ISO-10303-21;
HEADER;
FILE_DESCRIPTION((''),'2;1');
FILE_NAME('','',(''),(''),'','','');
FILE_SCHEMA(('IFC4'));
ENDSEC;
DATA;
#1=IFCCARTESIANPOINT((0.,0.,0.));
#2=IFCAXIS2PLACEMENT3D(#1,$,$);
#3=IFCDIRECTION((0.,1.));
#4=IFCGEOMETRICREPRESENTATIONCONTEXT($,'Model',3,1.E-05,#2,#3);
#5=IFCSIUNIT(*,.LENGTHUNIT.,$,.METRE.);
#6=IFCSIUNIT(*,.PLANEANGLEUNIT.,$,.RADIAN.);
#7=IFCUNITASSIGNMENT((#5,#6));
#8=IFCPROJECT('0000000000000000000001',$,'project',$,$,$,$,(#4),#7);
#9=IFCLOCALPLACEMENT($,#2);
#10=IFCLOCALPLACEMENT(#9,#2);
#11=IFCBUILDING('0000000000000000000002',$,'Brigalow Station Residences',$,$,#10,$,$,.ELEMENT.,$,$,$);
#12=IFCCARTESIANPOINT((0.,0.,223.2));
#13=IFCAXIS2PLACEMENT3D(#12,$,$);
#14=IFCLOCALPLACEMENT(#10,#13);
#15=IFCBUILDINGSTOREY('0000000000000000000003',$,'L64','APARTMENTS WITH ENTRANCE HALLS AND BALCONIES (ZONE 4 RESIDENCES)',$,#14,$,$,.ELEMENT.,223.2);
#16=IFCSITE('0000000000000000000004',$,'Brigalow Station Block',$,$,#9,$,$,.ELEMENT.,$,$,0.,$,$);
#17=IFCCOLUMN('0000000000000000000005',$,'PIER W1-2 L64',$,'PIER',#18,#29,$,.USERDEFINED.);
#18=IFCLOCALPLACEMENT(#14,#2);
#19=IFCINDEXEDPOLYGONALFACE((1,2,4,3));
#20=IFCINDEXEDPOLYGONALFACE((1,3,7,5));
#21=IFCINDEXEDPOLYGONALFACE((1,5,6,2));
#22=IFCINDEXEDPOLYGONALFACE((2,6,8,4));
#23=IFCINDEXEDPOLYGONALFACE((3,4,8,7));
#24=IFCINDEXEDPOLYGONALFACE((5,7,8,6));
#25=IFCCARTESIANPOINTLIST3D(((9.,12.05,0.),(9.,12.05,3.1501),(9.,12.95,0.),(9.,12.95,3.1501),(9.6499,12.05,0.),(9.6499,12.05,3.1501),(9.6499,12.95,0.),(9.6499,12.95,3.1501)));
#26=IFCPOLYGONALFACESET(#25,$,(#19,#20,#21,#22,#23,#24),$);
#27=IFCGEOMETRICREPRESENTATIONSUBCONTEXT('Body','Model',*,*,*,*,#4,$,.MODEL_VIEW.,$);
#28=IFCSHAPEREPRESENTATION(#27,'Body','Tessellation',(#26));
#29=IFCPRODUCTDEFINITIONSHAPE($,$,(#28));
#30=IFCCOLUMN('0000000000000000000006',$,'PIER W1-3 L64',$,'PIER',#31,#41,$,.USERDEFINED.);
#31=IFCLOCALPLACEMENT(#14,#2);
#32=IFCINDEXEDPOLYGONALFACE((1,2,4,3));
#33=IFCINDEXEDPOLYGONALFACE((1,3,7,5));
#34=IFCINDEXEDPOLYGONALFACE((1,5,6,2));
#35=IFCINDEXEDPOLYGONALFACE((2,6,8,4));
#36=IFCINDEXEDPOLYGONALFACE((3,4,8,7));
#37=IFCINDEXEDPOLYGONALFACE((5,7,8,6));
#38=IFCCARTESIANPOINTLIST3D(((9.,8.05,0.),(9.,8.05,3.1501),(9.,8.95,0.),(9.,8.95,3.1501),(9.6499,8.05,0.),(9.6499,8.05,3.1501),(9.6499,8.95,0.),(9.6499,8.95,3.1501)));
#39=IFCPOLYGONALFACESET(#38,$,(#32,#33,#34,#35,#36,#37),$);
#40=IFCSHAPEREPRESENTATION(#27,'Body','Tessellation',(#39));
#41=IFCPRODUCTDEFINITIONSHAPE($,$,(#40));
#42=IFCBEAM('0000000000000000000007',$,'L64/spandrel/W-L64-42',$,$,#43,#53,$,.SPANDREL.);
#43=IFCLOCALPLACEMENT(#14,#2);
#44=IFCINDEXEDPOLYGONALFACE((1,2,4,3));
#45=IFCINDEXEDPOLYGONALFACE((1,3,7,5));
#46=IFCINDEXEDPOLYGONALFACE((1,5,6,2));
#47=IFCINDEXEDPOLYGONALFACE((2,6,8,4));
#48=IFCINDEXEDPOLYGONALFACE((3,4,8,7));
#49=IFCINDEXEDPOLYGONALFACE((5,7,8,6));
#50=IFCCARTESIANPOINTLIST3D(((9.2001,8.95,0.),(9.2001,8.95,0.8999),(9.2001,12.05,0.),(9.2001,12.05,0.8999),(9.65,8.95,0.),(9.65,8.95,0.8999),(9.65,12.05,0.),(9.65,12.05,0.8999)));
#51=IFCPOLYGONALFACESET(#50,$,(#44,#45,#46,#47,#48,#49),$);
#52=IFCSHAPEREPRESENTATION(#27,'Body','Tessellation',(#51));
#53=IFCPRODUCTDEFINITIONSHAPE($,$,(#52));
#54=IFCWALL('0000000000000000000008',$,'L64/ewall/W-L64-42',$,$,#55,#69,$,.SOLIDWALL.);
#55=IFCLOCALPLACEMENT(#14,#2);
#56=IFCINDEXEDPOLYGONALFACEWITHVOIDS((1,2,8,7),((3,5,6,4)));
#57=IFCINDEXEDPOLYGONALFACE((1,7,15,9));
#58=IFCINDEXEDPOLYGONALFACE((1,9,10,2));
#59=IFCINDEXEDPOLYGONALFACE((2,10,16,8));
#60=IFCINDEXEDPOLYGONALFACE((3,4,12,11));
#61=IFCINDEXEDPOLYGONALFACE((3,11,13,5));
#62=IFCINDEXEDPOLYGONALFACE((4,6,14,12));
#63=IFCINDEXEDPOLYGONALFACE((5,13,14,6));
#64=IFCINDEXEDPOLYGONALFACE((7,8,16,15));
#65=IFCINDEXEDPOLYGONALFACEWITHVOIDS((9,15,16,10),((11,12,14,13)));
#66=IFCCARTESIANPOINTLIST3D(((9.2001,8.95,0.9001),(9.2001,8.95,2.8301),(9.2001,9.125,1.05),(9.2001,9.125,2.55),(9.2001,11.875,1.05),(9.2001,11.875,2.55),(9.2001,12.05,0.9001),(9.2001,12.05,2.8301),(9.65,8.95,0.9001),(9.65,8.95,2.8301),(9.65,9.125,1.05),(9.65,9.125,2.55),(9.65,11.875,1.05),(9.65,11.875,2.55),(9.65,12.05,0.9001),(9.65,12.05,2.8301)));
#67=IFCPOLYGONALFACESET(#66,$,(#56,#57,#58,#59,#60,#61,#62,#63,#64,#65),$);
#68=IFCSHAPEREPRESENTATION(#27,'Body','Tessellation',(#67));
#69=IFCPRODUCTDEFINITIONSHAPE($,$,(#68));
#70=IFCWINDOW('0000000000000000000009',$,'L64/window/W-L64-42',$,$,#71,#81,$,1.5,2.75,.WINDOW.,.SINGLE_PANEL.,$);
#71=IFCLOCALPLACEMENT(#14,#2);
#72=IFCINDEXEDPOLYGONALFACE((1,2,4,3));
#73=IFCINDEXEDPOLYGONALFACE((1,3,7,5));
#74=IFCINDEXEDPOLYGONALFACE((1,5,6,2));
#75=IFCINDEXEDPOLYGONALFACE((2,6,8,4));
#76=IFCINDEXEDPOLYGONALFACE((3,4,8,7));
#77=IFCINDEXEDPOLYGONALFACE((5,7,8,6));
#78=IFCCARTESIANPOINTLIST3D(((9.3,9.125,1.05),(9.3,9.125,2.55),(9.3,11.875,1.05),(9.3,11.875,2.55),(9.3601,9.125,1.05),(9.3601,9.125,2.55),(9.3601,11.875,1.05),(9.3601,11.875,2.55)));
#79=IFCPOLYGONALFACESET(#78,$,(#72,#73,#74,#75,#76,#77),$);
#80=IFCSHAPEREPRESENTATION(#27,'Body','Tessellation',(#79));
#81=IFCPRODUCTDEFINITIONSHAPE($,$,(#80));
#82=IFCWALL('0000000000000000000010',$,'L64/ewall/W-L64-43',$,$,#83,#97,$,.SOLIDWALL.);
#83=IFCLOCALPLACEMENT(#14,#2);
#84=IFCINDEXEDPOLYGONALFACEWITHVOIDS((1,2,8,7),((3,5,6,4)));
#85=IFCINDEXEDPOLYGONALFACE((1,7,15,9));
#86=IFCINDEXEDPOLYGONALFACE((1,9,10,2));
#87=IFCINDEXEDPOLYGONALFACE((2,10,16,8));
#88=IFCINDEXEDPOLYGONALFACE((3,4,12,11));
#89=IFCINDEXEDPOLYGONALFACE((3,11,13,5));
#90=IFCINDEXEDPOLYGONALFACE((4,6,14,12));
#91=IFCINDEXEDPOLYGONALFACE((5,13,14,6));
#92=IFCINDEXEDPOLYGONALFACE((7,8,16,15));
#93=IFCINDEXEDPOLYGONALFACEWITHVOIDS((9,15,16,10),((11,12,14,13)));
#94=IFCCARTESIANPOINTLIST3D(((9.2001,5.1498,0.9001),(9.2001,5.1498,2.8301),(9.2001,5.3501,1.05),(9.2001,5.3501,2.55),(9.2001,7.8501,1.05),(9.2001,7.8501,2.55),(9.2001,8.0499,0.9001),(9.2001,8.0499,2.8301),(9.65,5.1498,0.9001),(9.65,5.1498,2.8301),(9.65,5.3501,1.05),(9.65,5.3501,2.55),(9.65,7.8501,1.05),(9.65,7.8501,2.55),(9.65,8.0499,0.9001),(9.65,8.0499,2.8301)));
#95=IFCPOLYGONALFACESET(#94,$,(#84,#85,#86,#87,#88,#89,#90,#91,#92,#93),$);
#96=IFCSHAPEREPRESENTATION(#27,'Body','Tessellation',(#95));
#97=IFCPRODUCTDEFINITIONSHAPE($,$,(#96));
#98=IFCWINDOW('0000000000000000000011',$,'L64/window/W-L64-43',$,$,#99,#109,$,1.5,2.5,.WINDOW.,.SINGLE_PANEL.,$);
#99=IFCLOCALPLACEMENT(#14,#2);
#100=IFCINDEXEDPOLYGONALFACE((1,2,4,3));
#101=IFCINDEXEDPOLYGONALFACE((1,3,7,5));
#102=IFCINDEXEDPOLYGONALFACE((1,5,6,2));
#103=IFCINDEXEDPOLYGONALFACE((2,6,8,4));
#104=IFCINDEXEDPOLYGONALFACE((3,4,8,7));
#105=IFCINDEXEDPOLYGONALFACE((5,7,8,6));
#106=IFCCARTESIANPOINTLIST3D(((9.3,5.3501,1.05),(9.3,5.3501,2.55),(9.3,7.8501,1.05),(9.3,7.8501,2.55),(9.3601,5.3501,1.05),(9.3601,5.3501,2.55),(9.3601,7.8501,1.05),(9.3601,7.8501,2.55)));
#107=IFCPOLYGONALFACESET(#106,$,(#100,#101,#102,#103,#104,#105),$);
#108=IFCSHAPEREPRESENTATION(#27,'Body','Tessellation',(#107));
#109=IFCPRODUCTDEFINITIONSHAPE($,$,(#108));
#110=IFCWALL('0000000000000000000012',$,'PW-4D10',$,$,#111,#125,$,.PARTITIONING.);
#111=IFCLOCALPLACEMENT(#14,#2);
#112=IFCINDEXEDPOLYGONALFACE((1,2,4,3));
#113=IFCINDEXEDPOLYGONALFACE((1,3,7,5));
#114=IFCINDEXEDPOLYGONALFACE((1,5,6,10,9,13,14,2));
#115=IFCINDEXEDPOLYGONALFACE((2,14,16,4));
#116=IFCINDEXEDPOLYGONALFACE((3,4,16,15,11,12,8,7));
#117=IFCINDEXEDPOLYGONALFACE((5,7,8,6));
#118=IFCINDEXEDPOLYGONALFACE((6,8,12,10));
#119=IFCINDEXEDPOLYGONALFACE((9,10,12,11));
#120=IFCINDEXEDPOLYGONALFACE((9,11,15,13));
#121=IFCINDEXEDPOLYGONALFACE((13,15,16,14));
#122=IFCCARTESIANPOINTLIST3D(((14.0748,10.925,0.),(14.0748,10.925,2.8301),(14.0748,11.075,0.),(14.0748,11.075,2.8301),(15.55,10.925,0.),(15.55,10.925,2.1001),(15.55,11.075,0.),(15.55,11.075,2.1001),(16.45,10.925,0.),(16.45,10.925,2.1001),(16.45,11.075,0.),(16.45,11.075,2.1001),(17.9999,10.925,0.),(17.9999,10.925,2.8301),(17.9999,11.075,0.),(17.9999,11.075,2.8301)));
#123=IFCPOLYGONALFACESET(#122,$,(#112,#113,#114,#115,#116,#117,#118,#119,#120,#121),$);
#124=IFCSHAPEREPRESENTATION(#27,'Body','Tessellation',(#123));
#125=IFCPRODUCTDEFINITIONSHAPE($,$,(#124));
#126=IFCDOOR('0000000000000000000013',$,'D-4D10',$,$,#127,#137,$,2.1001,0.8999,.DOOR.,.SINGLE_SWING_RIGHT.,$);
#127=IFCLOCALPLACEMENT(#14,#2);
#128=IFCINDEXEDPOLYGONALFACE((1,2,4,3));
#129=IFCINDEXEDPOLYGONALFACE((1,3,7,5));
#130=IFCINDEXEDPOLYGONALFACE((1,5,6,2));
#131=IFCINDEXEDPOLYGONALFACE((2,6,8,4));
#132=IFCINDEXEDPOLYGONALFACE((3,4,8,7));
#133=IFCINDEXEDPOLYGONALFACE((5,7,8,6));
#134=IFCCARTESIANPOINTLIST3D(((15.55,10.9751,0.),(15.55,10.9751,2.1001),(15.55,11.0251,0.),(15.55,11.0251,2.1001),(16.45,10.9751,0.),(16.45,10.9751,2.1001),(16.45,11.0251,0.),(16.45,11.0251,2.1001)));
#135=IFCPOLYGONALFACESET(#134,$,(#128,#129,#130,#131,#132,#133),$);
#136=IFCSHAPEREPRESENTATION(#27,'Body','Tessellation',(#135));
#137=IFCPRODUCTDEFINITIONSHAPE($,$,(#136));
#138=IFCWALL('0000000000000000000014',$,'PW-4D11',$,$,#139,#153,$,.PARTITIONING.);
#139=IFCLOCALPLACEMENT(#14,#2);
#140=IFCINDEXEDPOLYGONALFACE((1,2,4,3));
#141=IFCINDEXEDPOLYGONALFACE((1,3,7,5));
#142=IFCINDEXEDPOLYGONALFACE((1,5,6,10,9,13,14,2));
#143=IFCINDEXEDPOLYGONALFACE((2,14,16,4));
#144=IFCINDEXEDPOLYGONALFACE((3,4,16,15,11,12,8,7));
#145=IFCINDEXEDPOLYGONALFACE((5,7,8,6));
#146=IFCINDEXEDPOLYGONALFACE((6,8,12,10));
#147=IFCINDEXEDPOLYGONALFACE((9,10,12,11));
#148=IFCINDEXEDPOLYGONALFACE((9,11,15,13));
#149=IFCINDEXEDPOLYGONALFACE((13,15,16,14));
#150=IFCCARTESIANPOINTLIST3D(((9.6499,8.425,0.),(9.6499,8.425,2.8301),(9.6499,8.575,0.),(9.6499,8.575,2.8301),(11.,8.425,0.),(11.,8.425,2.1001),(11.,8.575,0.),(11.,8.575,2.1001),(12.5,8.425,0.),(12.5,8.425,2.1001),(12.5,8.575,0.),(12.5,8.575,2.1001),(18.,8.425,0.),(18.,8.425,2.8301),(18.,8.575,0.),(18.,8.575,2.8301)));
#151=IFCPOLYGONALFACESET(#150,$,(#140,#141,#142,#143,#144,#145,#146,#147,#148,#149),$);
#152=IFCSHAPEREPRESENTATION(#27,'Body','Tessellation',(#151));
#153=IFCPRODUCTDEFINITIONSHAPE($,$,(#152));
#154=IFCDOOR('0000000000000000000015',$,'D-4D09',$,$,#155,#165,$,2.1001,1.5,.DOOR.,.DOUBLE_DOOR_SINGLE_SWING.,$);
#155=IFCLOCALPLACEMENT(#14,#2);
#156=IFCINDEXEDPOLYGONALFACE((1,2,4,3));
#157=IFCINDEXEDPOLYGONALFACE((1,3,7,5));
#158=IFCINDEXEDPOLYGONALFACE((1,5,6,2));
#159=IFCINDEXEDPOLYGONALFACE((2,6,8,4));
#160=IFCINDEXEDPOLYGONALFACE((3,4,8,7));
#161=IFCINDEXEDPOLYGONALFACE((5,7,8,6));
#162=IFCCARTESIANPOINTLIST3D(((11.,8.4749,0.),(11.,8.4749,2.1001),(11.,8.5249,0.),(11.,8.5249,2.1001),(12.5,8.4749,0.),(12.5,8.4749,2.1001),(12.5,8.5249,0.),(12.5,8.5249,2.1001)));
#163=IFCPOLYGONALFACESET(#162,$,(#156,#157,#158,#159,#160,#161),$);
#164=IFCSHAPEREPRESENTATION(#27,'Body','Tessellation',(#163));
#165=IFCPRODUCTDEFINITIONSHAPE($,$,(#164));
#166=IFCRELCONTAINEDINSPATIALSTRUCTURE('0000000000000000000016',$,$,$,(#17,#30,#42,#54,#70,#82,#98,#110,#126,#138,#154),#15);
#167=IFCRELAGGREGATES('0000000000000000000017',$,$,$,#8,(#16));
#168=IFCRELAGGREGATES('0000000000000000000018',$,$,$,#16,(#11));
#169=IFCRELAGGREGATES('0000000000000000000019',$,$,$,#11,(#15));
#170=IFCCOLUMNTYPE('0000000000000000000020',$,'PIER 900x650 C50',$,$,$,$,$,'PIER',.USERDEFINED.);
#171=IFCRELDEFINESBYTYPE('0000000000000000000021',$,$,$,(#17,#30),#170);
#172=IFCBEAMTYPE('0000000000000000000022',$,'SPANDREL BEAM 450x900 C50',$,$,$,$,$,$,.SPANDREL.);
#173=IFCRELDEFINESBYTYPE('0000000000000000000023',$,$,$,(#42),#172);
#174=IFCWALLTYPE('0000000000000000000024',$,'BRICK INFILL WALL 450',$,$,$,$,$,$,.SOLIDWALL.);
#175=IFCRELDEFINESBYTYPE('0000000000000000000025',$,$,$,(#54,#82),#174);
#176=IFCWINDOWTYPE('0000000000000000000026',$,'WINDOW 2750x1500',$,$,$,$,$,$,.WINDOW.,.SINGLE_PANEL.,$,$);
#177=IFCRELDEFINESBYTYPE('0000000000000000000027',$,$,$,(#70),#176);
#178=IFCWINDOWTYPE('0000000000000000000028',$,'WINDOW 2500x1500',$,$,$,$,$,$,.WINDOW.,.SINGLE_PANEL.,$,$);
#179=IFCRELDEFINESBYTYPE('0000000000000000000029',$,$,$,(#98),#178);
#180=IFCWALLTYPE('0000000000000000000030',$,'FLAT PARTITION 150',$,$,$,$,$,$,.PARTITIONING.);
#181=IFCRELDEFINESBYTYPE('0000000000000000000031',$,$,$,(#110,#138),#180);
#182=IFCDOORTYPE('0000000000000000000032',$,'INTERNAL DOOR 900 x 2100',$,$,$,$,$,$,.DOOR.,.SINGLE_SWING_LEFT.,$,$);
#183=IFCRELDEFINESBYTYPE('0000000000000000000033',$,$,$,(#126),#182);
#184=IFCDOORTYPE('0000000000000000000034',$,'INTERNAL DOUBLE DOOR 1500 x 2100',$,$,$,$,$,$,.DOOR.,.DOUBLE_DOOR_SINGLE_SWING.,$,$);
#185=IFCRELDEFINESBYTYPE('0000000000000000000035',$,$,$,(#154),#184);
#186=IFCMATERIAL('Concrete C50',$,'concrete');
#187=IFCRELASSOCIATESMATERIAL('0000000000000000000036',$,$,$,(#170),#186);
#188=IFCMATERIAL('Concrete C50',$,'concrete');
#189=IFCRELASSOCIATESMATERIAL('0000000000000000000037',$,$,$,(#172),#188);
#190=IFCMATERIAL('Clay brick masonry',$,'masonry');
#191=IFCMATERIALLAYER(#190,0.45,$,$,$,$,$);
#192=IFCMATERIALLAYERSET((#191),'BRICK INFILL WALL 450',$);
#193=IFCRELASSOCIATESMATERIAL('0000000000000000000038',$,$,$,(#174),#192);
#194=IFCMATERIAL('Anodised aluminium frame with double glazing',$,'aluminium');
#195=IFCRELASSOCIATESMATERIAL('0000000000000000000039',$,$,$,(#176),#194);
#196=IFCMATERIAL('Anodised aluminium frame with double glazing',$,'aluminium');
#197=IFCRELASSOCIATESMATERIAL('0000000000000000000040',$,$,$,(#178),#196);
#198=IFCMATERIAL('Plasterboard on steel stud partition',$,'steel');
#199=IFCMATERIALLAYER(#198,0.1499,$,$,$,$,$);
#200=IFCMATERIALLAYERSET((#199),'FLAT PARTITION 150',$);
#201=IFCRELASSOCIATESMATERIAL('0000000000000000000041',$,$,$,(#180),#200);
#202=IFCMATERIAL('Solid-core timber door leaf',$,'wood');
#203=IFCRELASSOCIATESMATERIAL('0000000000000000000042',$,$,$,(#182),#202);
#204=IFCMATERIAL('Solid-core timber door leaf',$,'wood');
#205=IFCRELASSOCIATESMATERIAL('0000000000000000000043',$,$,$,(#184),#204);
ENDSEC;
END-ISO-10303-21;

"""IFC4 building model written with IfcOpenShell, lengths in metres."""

from ifc_helpers import new_model, si_unit, direction, frame, frame_2d, origin, origin_2d, place, context, subcontext, project, spatial, rectangle, extrude, material, layer, layer_set, material_profile, profile_set, type_object, element, fill, save


model = new_model("IFC4")

# Units and contexts
model_context = context("Model", 3, precision=1e-05, world=origin(), true_north=direction((0.0, 1.0)))
body_context = subcontext(model_context, "Body", "Model", "MODEL_VIEW")
ifc_project = project(units=[si_unit("LENGTHUNIT", "METRE"), si_unit("PLANEANGLEUNIT", "RADIAN")], contexts=[model_context])

# Site, building, storey
site_placement = place(None, origin())
site = spatial("IfcSite", under=ifc_project, at=site_placement, Name="Brigalow Station Block", CompositionType="ELEMENT", RefElevation=0.0)
building_placement = place(site_placement, origin())
building = spatial("IfcBuilding", under=site, at=building_placement, Name="Brigalow Station Residences", CompositionType="ELEMENT")
storey_placement = place(building_placement, frame((0.0, 0.0, 223.2)))
storey = spatial("IfcBuildingStorey", under=building, at=storey_placement, Name="L64", Description="APARTMENTS WITH ENTRANCE HALLS AND BALCONIES (ZONE 4 RESIDENCES)", CompositionType="ELEMENT", Elevation=223.2)

# Columns
ifc_material_1 = material(Name="Concrete C50", Category="concrete")
ifc_material_profile_1 = material_profile(ifc_material_1, rectangle(XDim=0.8999, YDim=0.6499, at=origin_2d()), Name="RC900x650")
ifc_profile_set_1 = profile_set([ifc_material_profile_1], Name="Concrete C50")
column_type = type_object("IfcColumnType", Name="PIER 900x650 C50", ElementType="PIER", PredefinedType="USERDEFINED", material=ifc_profile_set_1)
for number, where, z_axis, x_axis, name in (
    (1, (9.325, 12.5, 0.0), (0.0, 0.0, 1.0), (0.0, -1.0, 0.0), "PIER W1-2 L64"),
    (2, (9.325, 8.5, 0.0), (0.0, 0.0, 1.0), (0.0, -1.0, 0.0), "PIER W1-3 L64"),
):
    element("IfcColumn", number, at=place(storey_placement, frame(where, z_axis=z_axis, x_axis=x_axis)), inside=storey, type_object=column_type, Name=name, ObjectType="PIER", PredefinedType="USERDEFINED", context=body_context, shape_type="SweptSolid", body=[
        extrude(rectangle(XDim=0.8999, YDim=0.6499, at=origin_2d()), origin(), (0.0, 0.0, 1.0), 3.1501),
    ])

# Beam
ifc_material_2 = material(Name="Concrete C50", Category="concrete")
ifc_material_profile_2 = material_profile(ifc_material_2, rectangle(XDim=0.45, YDim=0.8999, at=origin_2d()), Name="RC450x900")
ifc_profile_set_2 = profile_set([ifc_material_profile_2], Name="Concrete C50")
beam_type = type_object("IfcBeamType", Name="SPANDREL BEAM 450x900 C50", PredefinedType="SPANDREL", material=ifc_profile_set_2)
beam_placement = place(storey_placement, frame((9.425, 12.05, 0.45), z_axis=(0.0, -1.0, 0.0), x_axis=(1.0, 0.0, 0.0)))
element("IfcBeam", 3, at=beam_placement, inside=storey, type_object=beam_type, Name="L64/spandrel/W-L64-42", PredefinedType="SPANDREL", context=body_context, shape_type="SweptSolid", body=[
    extrude(rectangle(XDim=0.45, YDim=0.8999, at=origin_2d()), origin(), (0.0, 0.0, 1.0), 3.1001),
])

# Walls, openings, windows
ifc_material_3 = material(Name="Clay brick masonry", Category="masonry")
ifc_layer_1 = layer(ifc_material_3, 0.45)
ifc_layer_set_1 = layer_set([ifc_layer_1], Name="BRICK INFILL WALL 450")
wall_type_1 = type_object("IfcWallType", Name="BRICK INFILL WALL 450", PredefinedType="SOLIDWALL", material=ifc_layer_set_1)
wall_1_placement = place(storey_placement, frame((9.425, 12.05, 0.9001), z_axis=(0.0, 0.0, 1.0), x_axis=(0.0, -1.0, 0.0)))
wall_1 = element("IfcWall", 4, at=wall_1_placement, inside=storey, type_object=wall_type_1, Name="L64/ewall/W-L64-42", PredefinedType="SOLIDWALL", context=body_context, shape_type="SweptSolid", body=[
    extrude(rectangle(XDim=3.1001, YDim=0.45, at=frame_2d((1.55, 0.0))), origin(), (0.0, 0.0, 1.0), 1.9299),
])
opening_1_placement = place(wall_1_placement, frame((0.175, 0.0, 0.1499)))
opening_1 = element("IfcOpeningElement", 5, at=opening_1_placement, cuts=wall_1, PredefinedType="OPENING", context=body_context, shape_type="SweptSolid", body=[
    extrude(rectangle(XDim=2.75, YDim=1.5, at=frame_2d((1.375, 0.75))), frame((0.0, 0.2349, 0.0), z_axis=(0.0, -1.0, 0.0), x_axis=(1.0, 0.0, 0.0)), (0.0, 0.0, 1.0), 0.47),
])
ifc_material_4 = material(Name="Anodised aluminium frame with double glazing", Category="aluminium")
window_type_1 = type_object("IfcWindowType", Name="WINDOW 2750x1500", PartitioningType="SINGLE_PANEL", PredefinedType="WINDOW", material=ifc_material_4)
window_1_placement = place(opening_1_placement, origin())
window_1 = element("IfcWindow", 6, at=window_1_placement, inside=storey, type_object=window_type_1, Name="L64/window/W-L64-42", OverallHeight=1.5, OverallWidth=2.75, PartitioningType="SINGLE_PANEL", PredefinedType="WINDOW", context=body_context, shape_type="SweptSolid", body=[
    extrude(rectangle(XDim=2.75, YDim=1.5, at=frame_2d((1.375, 0.75))), frame((0.0, -0.0649, 0.0), z_axis=(0.0, -1.0, 0.0), x_axis=(1.0, 0.0, 0.0)), (0.0, 0.0, 1.0), 0.0601),
])
fill(opening_1, window_1)
wall_2_placement = place(storey_placement, frame((9.425, 8.05, 0.9001), z_axis=(0.0, 0.0, 1.0), x_axis=(0.0, -1.0, 0.0)))
wall_2 = element("IfcWall", 7, at=wall_2_placement, inside=storey, type_object=wall_type_1, Name="L64/ewall/W-L64-43", PredefinedType="SOLIDWALL", context=body_context, shape_type="SweptSolid", body=[
    extrude(rectangle(XDim=2.9001, YDim=0.45, at=frame_2d((1.4502, 0.0))), origin(), (0.0, 0.0, 1.0), 1.9299),
])
opening_2_placement = place(wall_2_placement, frame((0.2, 0.0, 0.1499)))
opening_2 = element("IfcOpeningElement", 8, at=opening_2_placement, cuts=wall_2, PredefinedType="OPENING", context=body_context, shape_type="SweptSolid", body=[
    extrude(rectangle(XDim=2.5, YDim=1.5, at=frame_2d((1.25, 0.75))), frame((0.0, 0.2349, 0.0), z_axis=(0.0, -1.0, 0.0), x_axis=(1.0, 0.0, 0.0)), (0.0, 0.0, 1.0), 0.47),
])
ifc_material_5 = material(Name="Anodised aluminium frame with double glazing", Category="aluminium")
window_type_2 = type_object("IfcWindowType", Name="WINDOW 2500x1500", PartitioningType="SINGLE_PANEL", PredefinedType="WINDOW", material=ifc_material_5)
window_2_placement = place(opening_2_placement, origin())
window_2 = element("IfcWindow", 9, at=window_2_placement, inside=storey, type_object=window_type_2, Name="L64/window/W-L64-43", OverallHeight=1.5, OverallWidth=2.5, PartitioningType="SINGLE_PANEL", PredefinedType="WINDOW", context=body_context, shape_type="SweptSolid", body=[
    extrude(rectangle(XDim=2.5, YDim=1.5, at=frame_2d((1.25, 0.75))), frame((0.0, -0.0649, 0.0), z_axis=(0.0, -1.0, 0.0), x_axis=(1.0, 0.0, 0.0)), (0.0, 0.0, 1.0), 0.0601),
])
fill(opening_2, window_2)

# Walls, openings, doors
ifc_material_6 = material(Name="Plasterboard on steel stud partition", Category="steel")
ifc_layer_2 = layer(ifc_material_6, 0.1499)
ifc_layer_set_2 = layer_set([ifc_layer_2], Name="FLAT PARTITION 150")
wall_type_2 = type_object("IfcWallType", Name="FLAT PARTITION 150", PredefinedType="PARTITIONING", material=ifc_layer_set_2)
wall_3_placement = place(storey_placement, frame((14.075, 11.0, 0.0), z_axis=(0.0, 0.0, 1.0), x_axis=(1.0, 0.0, 0.0)))
wall_3 = element("IfcWall", 10, at=wall_3_placement, inside=storey, type_object=wall_type_2, Name="PW-4D10", PredefinedType="PARTITIONING", context=body_context, shape_type="SweptSolid", body=[
    extrude(rectangle(XDim=3.925, YDim=0.1499, at=frame_2d((1.9624, 0.0))), origin(), (0.0, 0.0, 1.0), 2.8301),
])
opening_3_placement = place(wall_3_placement, frame((1.4751, 0.0, 0.0)))
opening_3 = element("IfcOpeningElement", 11, at=opening_3_placement, cuts=wall_3, PredefinedType="OPENING", context=body_context, shape_type="SweptSolid", body=[
    extrude(rectangle(XDim=0.8999, YDim=2.1001, at=frame_2d((0.45, 1.05))), frame((0.0, 0.085, 0.0), z_axis=(0.0, -1.0, 0.0), x_axis=(1.0, 0.0, 0.0)), (0.0, 0.0, 1.0), 0.1699),
])
ifc_material_7 = material(Name="Solid-core timber door leaf", Category="wood")
door_type_1 = type_object("IfcDoorType", Name="INTERNAL DOOR 900 x 2100", OperationType="SINGLE_SWING_LEFT", PredefinedType="DOOR", material=ifc_material_7)
door_1_placement = place(opening_3_placement, frame((0.8999, 0.0, 0.0), z_axis=(0.0, 0.0, 1.0), x_axis=(-1.0, 0.0, 0.0)))
door_1 = element("IfcDoor", 12, at=door_1_placement, inside=storey, type_object=door_type_1, Name="D-4D10", OperationType="SINGLE_SWING_RIGHT", OverallHeight=2.1001, OverallWidth=0.8999, PredefinedType="DOOR", context=body_context, shape_type="SweptSolid", body=[
    extrude(rectangle(XDim=0.8999, YDim=2.1001, at=frame_2d((0.45, 1.05))), frame((0.0, 0.0249, 0.0), z_axis=(0.0, -1.0, 0.0), x_axis=(1.0, 0.0, 0.0)), (0.0, 0.0, 1.0), 0.05),
])
fill(opening_3, door_1)
wall_4_placement = place(storey_placement, frame((9.6499, 8.5, 0.0), z_axis=(0.0, 0.0, 1.0), x_axis=(1.0, 0.0, 0.0)))
wall_4 = element("IfcWall", 13, at=wall_4_placement, inside=storey, type_object=wall_type_2, Name="PW-4D11", PredefinedType="PARTITIONING", context=body_context, shape_type="SweptSolid", body=[
    extrude(rectangle(XDim=8.3501, YDim=0.1499, at=frame_2d((4.175, 0.0))), origin(), (0.0, 0.0, 1.0), 2.8301),
])
opening_4_placement = place(wall_4_placement, frame((1.3501, 0.0, 0.0)))
opening_4 = element("IfcOpeningElement", 14, at=opening_4_placement, cuts=wall_4, PredefinedType="OPENING", context=body_context, shape_type="SweptSolid", body=[
    extrude(rectangle(XDim=1.5, YDim=2.1001, at=frame_2d((0.75, 1.05))), frame((0.0, 0.085, 0.0), z_axis=(0.0, -1.0, 0.0), x_axis=(1.0, 0.0, 0.0)), (0.0, 0.0, 1.0), 0.1699),
])
ifc_material_8 = material(Name="Solid-core timber door leaf", Category="wood")
door_type_2 = type_object("IfcDoorType", Name="INTERNAL DOUBLE DOOR 1500 x 2100", OperationType="DOUBLE_DOOR_SINGLE_SWING", PredefinedType="DOOR", material=ifc_material_8)
door_2_placement = place(opening_4_placement, origin())
door_2 = element("IfcDoor", 15, at=door_2_placement, inside=storey, type_object=door_type_2, Name="D-4D09", OperationType="DOUBLE_DOOR_SINGLE_SWING", OverallHeight=2.1001, OverallWidth=1.5, PredefinedType="DOOR", context=body_context, shape_type="SweptSolid", body=[
    extrude(rectangle(XDim=1.5, YDim=2.1001, at=frame_2d((0.75, 1.05))), frame((0.0, 0.0249, 0.0), z_axis=(0.0, -1.0, 0.0), x_axis=(1.0, 0.0, 0.0)), (0.0, 0.0, 1.0), 0.05),
])
fill(opening_4, door_2)

save(model, "model.ifc")
